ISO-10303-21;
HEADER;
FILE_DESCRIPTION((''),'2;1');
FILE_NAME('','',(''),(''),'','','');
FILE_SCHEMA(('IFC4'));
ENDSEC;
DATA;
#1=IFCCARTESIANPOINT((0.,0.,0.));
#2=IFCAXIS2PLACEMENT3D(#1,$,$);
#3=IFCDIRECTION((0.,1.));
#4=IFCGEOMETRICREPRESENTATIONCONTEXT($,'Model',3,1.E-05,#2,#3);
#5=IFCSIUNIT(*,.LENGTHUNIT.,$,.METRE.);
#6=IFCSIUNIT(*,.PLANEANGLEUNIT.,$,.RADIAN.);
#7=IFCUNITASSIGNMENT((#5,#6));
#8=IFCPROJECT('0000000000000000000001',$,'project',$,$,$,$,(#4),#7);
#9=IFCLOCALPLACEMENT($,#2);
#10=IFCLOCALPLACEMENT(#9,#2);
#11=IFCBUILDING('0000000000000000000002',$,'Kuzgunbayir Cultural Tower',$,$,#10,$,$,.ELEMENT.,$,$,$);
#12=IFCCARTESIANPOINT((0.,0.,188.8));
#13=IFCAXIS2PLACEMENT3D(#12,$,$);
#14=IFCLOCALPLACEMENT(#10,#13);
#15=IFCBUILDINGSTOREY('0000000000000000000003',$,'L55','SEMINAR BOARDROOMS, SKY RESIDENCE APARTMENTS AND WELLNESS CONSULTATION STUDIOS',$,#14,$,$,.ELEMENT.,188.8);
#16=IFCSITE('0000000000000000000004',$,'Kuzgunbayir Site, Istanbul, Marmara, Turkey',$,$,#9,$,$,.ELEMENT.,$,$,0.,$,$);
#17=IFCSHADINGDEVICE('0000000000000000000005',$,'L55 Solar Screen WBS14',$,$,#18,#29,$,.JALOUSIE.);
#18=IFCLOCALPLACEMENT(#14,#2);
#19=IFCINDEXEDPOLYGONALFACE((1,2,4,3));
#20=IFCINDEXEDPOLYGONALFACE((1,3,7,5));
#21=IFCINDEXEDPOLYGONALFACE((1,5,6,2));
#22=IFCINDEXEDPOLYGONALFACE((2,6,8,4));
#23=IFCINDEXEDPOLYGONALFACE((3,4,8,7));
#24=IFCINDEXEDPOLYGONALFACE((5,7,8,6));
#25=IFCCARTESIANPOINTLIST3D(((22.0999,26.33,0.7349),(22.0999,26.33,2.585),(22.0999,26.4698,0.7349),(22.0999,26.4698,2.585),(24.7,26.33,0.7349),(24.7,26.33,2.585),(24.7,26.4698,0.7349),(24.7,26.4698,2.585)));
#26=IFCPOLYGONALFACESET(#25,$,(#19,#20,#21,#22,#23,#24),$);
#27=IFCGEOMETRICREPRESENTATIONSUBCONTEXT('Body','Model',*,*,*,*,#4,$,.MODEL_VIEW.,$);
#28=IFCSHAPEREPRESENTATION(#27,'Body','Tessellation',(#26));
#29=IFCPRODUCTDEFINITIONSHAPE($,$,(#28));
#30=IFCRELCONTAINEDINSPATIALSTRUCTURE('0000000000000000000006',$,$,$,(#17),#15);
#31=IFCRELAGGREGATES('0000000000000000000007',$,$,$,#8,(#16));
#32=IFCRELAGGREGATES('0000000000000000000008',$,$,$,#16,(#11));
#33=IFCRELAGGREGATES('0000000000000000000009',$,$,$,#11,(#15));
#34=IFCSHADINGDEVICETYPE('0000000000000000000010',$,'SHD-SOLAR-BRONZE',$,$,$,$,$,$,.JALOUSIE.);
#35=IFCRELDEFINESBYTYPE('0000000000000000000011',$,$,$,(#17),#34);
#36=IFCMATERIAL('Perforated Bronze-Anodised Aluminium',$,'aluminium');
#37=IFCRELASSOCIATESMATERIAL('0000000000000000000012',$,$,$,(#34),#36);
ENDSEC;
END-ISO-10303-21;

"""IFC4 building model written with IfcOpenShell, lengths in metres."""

from ifc_helpers import new_model, si_unit, direction, frame, origin, origin_2d, place, context, subcontext, project, spatial, rectangle, extrude, material, type_object, element, save


model = new_model("IFC4")

# Units and contexts
model_context = context("Model", 3, precision=1e-05, world=origin(), true_north=direction((0.0, 1.0)))
body_context = subcontext(model_context, "Body", "Model", "MODEL_VIEW")
ifc_project = project(units=[si_unit("LENGTHUNIT", "METRE"), si_unit("PLANEANGLEUNIT", "RADIAN")], contexts=[model_context])

# Site, building, storey
site_placement = place(None, origin())
site = spatial("IfcSite", under=ifc_project, at=site_placement, Name="Kuzgunbayir Site, Istanbul, Marmara, Turkey", CompositionType="ELEMENT", RefElevation=0.0)
building_placement = place(site_placement, origin())
building = spatial("IfcBuilding", under=site, at=building_placement, Name="Kuzgunbayir Cultural Tower", CompositionType="ELEMENT")
storey_placement = place(building_placement, frame((0.0, 0.0, 188.8)))
storey = spatial("IfcBuildingStorey", under=building, at=storey_placement, Name="L55", Description="SEMINAR BOARDROOMS, SKY RESIDENCE APARTMENTS AND WELLNESS CONSULTATION STUDIOS", CompositionType="ELEMENT", Elevation=188.8)

# Shading device
ifc_material_1 = material(Name="Perforated Bronze-Anodised Aluminium", Category="aluminium")
shading_device_type = type_object("IfcShadingDeviceType", Name="SHD-SOLAR-BRONZE", PredefinedType="JALOUSIE", material=ifc_material_1)
shading_device_placement = place(storey_placement, frame((23.3999, 26.3999, 0.7349), z_axis=(0.0, 0.0, 1.0), x_axis=(1.0, 0.0, 0.0)))
element("IfcShadingDevice", 1, at=shading_device_placement, inside=storey, type_object=shading_device_type, Name="L55 Solar Screen WBS14", PredefinedType="JALOUSIE", context=body_context, shape_type="SweptSolid", body=[
    extrude(rectangle(XDim=2.6001, YDim=0.1399, at=origin_2d()), origin(), (0.0, 0.0, 1.0), 1.8501),
])

save(model, "model.ifc")
